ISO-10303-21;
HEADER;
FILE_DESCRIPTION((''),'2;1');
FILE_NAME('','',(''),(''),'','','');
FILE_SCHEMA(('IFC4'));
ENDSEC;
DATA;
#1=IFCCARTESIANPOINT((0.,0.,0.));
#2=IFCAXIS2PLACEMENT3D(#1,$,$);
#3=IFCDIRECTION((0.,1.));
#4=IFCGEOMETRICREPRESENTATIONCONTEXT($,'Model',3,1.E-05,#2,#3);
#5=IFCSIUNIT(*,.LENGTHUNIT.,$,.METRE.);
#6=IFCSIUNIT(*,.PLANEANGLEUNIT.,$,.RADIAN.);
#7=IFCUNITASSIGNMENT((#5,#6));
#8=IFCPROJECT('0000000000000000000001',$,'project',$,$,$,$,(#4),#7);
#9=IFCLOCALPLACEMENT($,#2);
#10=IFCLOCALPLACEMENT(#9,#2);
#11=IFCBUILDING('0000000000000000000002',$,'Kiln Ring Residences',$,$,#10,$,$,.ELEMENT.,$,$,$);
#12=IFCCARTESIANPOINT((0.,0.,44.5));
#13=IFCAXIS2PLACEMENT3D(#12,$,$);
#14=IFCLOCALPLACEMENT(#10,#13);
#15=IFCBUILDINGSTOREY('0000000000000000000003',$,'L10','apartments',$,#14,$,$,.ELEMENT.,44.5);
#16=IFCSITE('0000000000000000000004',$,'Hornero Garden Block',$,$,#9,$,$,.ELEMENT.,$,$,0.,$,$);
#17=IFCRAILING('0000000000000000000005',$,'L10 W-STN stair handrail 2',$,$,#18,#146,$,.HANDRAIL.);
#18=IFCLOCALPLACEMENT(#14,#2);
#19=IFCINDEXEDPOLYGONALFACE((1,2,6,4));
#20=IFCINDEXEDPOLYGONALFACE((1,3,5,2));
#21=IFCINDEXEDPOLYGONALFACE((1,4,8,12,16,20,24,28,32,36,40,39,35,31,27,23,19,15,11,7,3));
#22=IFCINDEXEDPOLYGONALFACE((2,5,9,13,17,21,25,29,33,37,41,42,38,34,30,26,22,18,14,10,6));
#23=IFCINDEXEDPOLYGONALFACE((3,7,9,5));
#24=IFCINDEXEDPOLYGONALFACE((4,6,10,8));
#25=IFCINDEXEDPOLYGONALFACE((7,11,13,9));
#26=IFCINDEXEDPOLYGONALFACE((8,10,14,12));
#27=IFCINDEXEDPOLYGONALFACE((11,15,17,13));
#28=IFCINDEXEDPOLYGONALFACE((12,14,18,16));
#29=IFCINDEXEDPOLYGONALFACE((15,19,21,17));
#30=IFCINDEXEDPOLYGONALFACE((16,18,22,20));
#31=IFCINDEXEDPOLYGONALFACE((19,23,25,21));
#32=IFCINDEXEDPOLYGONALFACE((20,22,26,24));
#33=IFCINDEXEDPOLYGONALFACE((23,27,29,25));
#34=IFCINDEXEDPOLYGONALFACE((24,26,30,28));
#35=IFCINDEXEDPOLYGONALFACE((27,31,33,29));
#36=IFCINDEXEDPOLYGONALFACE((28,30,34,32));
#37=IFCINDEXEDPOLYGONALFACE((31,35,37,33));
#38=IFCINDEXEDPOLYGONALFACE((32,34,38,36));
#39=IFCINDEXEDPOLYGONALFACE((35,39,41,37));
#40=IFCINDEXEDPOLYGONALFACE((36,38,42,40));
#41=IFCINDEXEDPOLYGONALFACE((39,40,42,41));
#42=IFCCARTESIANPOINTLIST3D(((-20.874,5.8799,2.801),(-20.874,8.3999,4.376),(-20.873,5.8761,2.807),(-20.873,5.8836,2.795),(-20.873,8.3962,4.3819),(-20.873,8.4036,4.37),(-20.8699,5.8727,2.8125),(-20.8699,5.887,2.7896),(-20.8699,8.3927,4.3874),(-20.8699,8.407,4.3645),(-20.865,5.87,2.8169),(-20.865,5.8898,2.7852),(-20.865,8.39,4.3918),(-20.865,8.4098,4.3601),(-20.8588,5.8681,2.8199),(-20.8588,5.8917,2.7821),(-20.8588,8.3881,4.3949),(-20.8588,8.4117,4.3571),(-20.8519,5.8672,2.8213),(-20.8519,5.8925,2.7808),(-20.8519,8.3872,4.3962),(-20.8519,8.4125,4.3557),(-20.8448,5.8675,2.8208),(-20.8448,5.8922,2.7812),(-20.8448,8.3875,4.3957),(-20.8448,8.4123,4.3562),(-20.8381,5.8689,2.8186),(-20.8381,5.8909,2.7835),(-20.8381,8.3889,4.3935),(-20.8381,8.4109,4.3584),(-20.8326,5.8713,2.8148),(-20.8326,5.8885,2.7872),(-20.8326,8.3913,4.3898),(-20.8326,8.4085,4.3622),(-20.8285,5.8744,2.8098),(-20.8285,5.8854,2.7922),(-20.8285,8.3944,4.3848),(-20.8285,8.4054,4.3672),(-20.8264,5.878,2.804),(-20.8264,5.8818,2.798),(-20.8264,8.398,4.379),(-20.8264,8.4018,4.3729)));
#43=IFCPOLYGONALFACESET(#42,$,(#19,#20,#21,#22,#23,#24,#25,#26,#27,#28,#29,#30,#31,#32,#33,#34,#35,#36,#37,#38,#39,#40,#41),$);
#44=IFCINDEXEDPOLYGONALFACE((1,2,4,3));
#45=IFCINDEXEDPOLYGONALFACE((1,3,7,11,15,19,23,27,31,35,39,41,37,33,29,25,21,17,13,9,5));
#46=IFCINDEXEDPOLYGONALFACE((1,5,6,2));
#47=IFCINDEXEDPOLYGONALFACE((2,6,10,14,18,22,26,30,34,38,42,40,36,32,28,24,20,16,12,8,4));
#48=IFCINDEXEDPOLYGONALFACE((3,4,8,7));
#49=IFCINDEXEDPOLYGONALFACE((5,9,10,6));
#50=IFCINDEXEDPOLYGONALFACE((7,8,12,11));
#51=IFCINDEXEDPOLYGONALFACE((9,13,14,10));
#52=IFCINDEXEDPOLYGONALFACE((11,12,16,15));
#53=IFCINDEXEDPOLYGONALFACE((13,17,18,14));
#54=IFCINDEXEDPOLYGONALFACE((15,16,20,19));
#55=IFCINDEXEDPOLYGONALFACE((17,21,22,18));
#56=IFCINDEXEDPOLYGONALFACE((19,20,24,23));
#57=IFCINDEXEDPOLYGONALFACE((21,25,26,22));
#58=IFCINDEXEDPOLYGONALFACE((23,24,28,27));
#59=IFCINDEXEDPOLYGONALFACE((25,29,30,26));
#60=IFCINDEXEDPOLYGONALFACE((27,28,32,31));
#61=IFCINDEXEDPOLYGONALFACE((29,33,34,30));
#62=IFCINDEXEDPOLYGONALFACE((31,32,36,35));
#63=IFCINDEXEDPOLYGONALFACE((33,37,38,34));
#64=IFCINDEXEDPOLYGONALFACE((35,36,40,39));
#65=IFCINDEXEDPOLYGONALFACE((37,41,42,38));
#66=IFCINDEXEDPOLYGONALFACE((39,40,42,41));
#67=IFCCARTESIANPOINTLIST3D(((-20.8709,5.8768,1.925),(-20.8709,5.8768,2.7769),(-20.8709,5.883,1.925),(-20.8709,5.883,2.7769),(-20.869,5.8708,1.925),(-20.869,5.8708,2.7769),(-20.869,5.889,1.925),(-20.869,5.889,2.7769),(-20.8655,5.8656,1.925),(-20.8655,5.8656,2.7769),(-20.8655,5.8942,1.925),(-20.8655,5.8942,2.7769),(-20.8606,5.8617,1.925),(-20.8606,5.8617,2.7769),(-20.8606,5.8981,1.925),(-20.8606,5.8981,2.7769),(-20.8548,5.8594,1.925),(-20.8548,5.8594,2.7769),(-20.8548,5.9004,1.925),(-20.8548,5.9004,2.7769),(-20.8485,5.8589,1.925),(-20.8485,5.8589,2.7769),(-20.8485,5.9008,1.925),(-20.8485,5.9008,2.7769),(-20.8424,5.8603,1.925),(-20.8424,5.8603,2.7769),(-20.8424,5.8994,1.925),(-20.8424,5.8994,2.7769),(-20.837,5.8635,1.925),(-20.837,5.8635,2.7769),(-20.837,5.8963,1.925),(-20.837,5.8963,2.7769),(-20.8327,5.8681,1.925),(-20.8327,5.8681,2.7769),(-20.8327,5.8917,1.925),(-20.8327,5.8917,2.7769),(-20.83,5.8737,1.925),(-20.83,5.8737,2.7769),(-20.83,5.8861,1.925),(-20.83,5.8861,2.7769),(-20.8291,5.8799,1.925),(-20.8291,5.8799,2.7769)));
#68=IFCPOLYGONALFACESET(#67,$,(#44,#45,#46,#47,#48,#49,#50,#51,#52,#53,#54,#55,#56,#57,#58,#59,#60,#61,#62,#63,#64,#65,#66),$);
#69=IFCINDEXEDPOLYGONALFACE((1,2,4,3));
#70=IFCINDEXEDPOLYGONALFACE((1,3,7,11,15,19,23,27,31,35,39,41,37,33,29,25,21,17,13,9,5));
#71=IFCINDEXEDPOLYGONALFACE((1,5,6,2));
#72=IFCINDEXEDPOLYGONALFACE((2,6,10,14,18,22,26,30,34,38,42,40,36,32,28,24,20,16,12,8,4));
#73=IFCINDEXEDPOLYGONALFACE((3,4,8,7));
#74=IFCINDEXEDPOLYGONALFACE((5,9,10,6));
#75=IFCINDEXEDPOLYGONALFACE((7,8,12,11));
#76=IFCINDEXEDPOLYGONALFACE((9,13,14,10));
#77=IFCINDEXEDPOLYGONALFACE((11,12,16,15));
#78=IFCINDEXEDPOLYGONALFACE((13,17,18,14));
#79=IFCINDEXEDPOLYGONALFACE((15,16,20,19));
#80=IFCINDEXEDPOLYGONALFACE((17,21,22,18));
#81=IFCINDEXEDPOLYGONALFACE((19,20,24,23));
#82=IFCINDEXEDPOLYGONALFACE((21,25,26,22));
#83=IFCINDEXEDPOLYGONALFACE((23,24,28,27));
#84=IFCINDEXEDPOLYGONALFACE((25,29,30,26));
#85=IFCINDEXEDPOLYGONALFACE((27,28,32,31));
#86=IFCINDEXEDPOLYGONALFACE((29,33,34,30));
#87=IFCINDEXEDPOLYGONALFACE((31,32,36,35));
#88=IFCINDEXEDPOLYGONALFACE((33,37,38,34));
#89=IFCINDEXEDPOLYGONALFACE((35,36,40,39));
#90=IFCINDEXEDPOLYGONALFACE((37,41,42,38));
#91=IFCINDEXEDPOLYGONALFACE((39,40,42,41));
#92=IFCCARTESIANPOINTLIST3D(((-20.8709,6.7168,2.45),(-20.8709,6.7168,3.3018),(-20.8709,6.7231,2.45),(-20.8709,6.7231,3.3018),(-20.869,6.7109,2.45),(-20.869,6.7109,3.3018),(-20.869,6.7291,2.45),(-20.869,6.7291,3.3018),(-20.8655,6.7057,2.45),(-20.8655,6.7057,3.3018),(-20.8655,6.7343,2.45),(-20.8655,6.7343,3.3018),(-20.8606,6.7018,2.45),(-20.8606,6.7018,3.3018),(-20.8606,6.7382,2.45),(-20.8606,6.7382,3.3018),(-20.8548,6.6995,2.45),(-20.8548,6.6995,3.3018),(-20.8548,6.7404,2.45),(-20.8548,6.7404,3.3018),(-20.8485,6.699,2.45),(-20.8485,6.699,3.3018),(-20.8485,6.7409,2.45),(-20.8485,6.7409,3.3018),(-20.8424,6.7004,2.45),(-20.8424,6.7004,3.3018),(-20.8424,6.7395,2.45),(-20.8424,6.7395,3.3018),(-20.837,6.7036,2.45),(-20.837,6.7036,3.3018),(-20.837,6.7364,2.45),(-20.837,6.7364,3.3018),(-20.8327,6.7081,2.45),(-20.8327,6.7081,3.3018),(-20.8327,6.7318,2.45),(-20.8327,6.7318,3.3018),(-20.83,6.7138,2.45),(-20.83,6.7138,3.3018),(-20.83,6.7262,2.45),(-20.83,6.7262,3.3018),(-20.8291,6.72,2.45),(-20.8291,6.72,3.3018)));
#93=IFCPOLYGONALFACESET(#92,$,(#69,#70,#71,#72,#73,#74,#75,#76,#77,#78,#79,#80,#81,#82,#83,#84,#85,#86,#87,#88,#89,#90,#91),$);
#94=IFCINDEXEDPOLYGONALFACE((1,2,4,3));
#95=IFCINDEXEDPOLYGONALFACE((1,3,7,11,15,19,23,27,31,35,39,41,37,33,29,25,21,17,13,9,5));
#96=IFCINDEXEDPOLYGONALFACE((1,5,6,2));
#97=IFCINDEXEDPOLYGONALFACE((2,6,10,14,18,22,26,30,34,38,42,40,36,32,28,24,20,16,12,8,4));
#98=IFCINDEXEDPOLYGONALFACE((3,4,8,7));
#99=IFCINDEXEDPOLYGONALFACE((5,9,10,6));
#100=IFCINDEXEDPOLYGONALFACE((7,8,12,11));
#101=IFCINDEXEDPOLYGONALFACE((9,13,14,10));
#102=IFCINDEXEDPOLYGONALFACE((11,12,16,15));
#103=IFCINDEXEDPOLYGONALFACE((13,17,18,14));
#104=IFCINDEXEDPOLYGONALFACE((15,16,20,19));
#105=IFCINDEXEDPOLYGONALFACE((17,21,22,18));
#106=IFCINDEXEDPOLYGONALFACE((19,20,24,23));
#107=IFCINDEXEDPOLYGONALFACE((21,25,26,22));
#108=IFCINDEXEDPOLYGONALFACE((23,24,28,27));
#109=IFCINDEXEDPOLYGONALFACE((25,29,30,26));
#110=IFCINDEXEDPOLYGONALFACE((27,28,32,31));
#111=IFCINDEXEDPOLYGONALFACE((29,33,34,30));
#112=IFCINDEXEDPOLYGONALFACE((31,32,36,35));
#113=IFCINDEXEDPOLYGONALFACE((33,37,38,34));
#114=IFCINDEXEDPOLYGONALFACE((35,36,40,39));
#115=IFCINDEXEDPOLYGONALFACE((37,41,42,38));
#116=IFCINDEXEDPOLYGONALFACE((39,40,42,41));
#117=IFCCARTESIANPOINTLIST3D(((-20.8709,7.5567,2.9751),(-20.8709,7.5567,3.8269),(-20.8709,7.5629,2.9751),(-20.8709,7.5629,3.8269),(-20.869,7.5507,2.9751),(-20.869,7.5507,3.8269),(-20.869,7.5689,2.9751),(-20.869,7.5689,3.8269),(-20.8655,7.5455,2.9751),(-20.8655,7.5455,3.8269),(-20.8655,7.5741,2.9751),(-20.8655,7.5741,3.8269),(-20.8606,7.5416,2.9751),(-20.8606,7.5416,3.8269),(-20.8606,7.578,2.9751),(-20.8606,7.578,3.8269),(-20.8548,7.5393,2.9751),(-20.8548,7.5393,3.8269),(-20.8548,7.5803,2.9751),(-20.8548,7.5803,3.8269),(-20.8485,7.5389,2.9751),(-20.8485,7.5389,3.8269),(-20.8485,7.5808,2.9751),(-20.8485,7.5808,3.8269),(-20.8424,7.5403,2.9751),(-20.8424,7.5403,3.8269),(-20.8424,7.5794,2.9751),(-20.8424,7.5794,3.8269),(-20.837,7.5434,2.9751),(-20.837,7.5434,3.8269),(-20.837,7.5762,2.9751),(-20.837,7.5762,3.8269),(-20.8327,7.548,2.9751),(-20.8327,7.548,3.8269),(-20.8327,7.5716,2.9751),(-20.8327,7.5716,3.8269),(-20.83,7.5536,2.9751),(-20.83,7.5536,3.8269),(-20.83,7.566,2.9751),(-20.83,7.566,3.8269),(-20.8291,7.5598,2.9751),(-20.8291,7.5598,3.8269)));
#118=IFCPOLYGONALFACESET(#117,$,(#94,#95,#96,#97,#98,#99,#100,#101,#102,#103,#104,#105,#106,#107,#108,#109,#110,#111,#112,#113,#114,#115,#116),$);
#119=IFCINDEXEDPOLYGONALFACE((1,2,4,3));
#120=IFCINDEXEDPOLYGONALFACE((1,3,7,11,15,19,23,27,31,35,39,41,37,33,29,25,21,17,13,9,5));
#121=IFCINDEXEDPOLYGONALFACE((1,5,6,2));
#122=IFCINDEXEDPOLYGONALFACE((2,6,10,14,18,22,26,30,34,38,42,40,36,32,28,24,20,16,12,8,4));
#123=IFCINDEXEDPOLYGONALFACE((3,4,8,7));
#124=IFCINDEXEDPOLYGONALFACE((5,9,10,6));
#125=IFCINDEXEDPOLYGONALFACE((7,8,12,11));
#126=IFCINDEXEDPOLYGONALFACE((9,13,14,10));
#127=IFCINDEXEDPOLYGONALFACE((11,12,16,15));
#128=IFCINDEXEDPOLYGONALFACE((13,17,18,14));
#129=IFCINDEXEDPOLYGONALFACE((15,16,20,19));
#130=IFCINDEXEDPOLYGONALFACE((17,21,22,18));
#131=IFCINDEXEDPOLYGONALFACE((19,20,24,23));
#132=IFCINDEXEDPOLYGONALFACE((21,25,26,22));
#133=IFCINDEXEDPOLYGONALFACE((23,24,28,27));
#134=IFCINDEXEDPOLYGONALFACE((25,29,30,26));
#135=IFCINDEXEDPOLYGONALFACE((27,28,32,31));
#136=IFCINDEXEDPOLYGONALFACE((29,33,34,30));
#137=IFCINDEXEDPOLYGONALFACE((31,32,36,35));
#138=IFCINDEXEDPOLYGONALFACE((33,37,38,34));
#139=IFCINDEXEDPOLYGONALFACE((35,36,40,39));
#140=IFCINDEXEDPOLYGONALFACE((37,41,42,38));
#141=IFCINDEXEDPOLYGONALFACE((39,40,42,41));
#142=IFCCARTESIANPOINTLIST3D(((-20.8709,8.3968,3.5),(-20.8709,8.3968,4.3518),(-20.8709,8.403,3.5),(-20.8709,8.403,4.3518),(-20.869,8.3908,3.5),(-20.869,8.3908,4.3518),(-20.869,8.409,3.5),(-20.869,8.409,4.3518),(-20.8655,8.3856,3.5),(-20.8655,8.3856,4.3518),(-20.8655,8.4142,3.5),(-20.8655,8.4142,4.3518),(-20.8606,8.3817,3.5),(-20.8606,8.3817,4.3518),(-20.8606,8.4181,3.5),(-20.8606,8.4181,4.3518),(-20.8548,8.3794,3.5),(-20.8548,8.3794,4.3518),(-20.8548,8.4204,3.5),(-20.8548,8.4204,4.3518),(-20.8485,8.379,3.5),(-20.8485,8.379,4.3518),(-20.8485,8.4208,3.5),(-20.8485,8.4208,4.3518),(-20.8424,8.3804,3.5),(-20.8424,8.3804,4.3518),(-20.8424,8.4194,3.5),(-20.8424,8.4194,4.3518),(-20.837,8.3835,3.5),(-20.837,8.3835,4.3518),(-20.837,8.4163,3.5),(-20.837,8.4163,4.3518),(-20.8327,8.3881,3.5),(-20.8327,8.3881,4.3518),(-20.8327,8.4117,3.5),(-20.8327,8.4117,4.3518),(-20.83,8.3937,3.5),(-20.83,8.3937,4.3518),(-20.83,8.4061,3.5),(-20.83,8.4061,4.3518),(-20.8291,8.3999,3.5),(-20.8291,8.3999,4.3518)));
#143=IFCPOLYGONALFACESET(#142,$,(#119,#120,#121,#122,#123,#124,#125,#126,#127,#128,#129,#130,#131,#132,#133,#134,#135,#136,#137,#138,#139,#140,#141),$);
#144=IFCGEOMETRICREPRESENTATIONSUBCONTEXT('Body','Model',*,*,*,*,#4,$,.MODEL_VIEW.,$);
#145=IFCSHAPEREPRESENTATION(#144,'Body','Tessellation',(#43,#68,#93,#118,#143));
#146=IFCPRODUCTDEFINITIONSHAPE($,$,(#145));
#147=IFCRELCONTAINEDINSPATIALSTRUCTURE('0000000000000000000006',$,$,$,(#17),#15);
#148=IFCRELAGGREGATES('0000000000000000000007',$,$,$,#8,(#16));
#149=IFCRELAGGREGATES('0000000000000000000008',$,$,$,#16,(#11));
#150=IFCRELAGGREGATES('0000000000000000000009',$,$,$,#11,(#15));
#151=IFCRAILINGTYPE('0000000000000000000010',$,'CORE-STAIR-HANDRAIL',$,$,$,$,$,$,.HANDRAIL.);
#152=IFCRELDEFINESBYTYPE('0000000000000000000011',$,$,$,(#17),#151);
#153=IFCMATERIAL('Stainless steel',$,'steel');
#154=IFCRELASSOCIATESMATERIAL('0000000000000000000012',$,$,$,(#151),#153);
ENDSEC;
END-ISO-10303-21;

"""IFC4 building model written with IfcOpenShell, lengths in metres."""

from ifc_helpers import new_model, si_unit, direction, frame, origin, origin_2d, place, context, subcontext, project, spatial, circle, extrude, material, type_object, element, save


model = new_model("IFC4")

# Units and contexts
model_context = context("Model", 3, precision=1e-05, world=origin(), true_north=direction((0.0, 1.0)))
body_context = subcontext(model_context, "Body", "Model", "MODEL_VIEW")
ifc_project = project(units=[si_unit("LENGTHUNIT", "METRE"), si_unit("PLANEANGLEUNIT", "RADIAN")], contexts=[model_context])

# Site, building, storey
site_placement = place(None, origin())
site = spatial("IfcSite", under=ifc_project, at=site_placement, Name="Hornero Garden Block", CompositionType="ELEMENT", RefElevation=0.0)
building_placement = place(site_placement, origin())
building = spatial("IfcBuilding", under=site, at=building_placement, Name="Kiln Ring Residences", CompositionType="ELEMENT")
storey_placement = place(building_placement, frame((0.0, 0.0, 44.5)))
storey = spatial("IfcBuildingStorey", under=building, at=storey_placement, Name="L10", Description="apartments", CompositionType="ELEMENT", Elevation=44.5)

# Railing
ifc_material_1 = material(Name="Stainless steel", Category="steel")
railing_type_1 = type_object("IfcRailingType", Name="CORE-STAIR-HANDRAIL", PredefinedType="HANDRAIL", material=ifc_material_1)
railing_1_placement = place(storey_placement, frame((-20.8501, 5.8799, 1.925)))
element("IfcRailing", 1, at=railing_1_placement, inside=storey, type_object=railing_type_1, Name="L10 W-STN stair handrail 2", PredefinedType="HANDRAIL", context=body_context, shape_type="SweptSolid", body=[
    extrude(circle(Radius=0.0239, at=origin_2d()), frame((0.0, 0.0, 0.876), z_axis=(0.0, 0.848008, 0.529984), x_axis=(-1.0, 0.0, 0.0)), (0.0, 0.0, 1.0), 2.9717),
    extrude(circle(Radius=0.021, at=origin_2d()), origin(), (0.0, 0.0, 1.0), 0.8518),
    extrude(circle(Radius=0.021, at=origin_2d()), frame((0.0, 0.8401, 0.5249)), (0.0, 0.0, 1.0), 0.8518),
    extrude(circle(Radius=0.021, at=origin_2d()), frame((0.0, 1.6799, 1.05)), (0.0, 0.0, 1.0), 0.8518),
    extrude(circle(Radius=0.021, at=origin_2d()), frame((0.0, 2.52, 1.575)), (0.0, 0.0, 1.0), 0.8518),
])

save(model, "model.ifc")
